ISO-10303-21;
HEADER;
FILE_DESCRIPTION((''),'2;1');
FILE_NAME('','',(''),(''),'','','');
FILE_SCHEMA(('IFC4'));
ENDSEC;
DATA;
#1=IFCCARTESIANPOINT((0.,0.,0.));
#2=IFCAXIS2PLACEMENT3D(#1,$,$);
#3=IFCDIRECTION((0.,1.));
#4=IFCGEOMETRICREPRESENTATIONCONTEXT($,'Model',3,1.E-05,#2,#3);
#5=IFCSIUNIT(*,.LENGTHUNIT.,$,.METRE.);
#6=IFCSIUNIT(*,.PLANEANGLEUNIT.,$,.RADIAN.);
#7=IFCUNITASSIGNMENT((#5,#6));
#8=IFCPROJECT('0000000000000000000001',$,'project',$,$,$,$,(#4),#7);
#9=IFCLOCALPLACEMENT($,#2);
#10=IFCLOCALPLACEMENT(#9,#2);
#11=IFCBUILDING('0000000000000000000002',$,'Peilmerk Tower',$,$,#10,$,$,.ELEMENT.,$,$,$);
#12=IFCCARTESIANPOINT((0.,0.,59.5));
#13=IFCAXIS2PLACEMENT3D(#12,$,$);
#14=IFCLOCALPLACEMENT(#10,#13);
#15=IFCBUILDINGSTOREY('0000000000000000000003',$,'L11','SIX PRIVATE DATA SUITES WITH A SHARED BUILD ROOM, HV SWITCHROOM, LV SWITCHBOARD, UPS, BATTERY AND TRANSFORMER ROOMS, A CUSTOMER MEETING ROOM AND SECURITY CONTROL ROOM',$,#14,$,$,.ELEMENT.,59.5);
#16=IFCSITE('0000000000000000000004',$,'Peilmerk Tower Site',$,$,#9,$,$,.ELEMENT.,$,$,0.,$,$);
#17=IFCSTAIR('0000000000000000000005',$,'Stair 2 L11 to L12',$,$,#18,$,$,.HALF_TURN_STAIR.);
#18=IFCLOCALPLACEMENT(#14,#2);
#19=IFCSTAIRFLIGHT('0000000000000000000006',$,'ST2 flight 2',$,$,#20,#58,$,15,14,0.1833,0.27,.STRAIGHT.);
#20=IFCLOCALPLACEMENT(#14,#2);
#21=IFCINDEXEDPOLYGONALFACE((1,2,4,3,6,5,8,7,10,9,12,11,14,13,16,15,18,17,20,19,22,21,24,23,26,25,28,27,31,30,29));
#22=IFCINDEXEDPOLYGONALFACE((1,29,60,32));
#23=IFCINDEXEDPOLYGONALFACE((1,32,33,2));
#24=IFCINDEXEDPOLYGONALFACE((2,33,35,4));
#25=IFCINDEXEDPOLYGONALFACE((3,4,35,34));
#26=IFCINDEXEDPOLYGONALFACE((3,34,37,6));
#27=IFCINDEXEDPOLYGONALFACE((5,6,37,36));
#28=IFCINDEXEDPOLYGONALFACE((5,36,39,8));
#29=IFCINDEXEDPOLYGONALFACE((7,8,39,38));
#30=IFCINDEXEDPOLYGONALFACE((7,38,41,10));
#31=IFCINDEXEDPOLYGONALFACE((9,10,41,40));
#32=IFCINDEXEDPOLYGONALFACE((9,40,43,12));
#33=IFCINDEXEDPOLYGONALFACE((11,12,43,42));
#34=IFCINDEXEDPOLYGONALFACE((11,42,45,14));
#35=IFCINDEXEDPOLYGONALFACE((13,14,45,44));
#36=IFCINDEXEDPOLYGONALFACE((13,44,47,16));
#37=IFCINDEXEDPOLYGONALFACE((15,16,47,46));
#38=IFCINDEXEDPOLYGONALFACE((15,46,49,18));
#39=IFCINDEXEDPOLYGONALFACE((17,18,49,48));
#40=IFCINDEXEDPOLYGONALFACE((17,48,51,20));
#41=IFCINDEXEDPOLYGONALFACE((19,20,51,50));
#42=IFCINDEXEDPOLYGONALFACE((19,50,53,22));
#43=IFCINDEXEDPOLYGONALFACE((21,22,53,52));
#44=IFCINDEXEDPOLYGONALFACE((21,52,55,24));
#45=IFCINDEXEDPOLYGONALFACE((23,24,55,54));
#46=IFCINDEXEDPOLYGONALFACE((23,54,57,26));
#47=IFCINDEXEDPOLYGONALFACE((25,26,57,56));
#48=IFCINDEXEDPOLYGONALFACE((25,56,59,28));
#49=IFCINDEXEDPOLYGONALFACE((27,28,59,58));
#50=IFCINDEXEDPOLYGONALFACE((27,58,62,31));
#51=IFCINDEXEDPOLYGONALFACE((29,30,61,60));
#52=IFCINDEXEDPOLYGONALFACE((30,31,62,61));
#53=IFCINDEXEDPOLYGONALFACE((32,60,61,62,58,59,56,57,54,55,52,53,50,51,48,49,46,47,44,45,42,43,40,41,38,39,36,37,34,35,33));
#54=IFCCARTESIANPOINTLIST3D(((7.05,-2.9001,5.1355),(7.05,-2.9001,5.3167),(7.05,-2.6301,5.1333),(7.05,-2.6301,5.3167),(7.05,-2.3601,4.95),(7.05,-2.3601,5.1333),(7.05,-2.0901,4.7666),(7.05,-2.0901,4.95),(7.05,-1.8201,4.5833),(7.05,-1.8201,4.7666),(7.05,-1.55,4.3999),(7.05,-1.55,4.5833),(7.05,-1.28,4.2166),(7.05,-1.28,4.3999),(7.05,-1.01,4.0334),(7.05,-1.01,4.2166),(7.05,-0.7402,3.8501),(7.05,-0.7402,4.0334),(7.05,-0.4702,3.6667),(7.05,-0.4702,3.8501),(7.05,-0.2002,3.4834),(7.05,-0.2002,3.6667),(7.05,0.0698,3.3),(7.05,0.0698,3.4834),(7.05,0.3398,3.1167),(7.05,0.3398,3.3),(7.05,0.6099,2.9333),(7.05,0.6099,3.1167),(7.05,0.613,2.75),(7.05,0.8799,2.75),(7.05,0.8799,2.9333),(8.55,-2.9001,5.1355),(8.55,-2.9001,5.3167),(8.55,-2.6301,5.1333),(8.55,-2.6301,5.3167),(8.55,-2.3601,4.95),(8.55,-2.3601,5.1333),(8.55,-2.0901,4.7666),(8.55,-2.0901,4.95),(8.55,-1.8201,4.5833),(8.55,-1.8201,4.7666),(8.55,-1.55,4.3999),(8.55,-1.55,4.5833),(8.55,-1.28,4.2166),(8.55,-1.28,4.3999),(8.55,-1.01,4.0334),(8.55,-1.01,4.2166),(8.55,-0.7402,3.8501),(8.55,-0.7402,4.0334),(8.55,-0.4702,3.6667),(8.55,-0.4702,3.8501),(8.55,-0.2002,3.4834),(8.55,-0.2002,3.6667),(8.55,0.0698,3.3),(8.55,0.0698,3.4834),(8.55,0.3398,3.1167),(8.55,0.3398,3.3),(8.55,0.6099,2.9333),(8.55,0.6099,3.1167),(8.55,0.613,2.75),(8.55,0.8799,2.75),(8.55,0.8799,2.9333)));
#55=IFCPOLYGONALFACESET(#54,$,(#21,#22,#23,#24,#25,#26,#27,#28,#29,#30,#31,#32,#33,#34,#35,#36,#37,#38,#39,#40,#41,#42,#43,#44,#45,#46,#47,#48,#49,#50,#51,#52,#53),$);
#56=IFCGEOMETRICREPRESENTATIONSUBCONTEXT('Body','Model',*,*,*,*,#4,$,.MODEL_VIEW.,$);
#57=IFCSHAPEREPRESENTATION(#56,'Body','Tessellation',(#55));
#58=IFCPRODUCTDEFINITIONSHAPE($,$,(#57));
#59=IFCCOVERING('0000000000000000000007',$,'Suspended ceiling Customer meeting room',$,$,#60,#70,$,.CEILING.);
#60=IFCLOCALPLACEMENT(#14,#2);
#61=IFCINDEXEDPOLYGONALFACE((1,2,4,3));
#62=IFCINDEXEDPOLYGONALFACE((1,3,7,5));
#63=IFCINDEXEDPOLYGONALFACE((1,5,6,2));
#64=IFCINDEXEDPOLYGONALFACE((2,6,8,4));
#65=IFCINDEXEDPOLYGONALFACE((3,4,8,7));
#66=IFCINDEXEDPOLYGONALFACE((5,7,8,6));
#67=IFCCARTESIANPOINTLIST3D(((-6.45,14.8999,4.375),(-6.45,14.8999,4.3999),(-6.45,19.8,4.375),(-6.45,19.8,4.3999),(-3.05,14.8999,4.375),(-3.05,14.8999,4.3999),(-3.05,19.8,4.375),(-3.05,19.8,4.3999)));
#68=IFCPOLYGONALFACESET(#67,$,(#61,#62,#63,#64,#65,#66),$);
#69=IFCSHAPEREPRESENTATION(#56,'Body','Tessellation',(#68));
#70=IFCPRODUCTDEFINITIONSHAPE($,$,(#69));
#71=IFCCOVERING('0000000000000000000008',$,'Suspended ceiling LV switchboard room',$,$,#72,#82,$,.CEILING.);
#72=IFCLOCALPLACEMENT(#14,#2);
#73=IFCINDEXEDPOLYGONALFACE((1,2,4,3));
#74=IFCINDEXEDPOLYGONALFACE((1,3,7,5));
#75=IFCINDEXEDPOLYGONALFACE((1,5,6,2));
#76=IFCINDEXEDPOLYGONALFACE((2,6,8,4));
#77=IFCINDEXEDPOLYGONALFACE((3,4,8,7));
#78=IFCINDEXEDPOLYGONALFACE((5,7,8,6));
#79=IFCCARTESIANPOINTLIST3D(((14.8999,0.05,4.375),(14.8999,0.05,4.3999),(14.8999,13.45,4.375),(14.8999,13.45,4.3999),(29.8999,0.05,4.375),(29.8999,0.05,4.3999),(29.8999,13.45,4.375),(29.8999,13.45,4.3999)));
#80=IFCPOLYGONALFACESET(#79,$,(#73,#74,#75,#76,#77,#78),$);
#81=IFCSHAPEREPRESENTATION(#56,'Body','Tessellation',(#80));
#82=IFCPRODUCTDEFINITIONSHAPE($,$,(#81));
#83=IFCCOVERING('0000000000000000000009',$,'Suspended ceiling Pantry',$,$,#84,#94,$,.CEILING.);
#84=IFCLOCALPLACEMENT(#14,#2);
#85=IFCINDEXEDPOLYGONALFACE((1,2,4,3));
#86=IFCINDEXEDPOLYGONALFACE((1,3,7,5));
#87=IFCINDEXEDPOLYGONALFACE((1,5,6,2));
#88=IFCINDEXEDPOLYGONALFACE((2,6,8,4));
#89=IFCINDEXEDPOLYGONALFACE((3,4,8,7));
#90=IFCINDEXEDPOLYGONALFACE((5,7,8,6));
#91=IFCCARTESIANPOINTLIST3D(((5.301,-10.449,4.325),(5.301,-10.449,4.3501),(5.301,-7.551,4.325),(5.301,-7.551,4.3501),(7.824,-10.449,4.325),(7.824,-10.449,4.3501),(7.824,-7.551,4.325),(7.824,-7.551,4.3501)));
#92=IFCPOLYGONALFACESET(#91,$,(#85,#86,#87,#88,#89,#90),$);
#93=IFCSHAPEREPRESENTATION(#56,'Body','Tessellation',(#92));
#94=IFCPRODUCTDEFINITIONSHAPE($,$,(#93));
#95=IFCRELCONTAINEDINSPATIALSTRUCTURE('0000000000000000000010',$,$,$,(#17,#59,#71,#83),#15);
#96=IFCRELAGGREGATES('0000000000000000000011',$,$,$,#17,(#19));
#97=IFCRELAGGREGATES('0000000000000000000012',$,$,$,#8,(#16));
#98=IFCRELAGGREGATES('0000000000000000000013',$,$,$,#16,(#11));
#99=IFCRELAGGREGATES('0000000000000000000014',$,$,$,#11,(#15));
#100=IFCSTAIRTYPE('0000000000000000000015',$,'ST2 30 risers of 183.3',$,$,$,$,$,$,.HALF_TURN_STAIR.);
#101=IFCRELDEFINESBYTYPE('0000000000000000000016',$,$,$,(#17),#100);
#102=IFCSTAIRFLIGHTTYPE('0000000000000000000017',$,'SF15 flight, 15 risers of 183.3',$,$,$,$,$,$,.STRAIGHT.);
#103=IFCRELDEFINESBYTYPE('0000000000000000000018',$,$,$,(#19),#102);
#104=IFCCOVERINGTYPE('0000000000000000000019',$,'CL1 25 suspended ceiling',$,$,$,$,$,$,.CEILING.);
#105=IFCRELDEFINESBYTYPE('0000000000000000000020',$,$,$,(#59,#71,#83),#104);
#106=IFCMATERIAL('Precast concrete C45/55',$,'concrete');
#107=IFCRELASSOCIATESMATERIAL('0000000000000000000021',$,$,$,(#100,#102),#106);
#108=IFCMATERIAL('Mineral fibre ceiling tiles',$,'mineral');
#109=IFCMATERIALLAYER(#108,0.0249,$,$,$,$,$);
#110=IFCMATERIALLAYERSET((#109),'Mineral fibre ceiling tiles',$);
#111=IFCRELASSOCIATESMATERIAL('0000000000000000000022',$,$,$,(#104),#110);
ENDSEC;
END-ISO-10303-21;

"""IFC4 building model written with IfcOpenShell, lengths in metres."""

from ifc_helpers import new_model, si_unit, direction, frame, origin, place, context, subcontext, project, spatial, polyline, outline, extrude, material, layer, layer_set, type_object, element, aggregate, save


model = new_model("IFC4")

# Units and contexts
model_context = context("Model", 3, precision=1e-05, world=origin(), true_north=direction((0.0, 1.0)))
body_context = subcontext(model_context, "Body", "Model", "MODEL_VIEW")
ifc_project = project(units=[si_unit("LENGTHUNIT", "METRE"), si_unit("PLANEANGLEUNIT", "RADIAN")], contexts=[model_context])

# Site, building, storey
site_placement = place(None, origin())
site = spatial("IfcSite", under=ifc_project, at=site_placement, Name="Peilmerk Tower Site", CompositionType="ELEMENT", RefElevation=0.0)
building_placement = place(site_placement, origin())
building = spatial("IfcBuilding", under=site, at=building_placement, Name="Peilmerk Tower", CompositionType="ELEMENT")
storey_placement = place(building_placement, frame((0.0, 0.0, 59.5)))
storey = spatial("IfcBuildingStorey", under=building, at=storey_placement, Name="L11", Description="SIX PRIVATE DATA SUITES WITH A SHARED BUILD ROOM, HV SWITCHROOM, LV SWITCHBOARD, UPS, BATTERY AND TRANSFORMER ROOMS, A CUSTOMER MEETING ROOM AND SECURITY CONTROL ROOM", CompositionType="ELEMENT", Elevation=59.5)

# Stair, stair flight
ifc_material_1 = material(Name="Precast concrete C45/55", Category="concrete")
stair_type = type_object("IfcStairType", Name="ST2 30 risers of 183.3", PredefinedType="HALF_TURN_STAIR", material=ifc_material_1)
stair_placement = place(storey_placement, origin())
stair = element("IfcStair", 1, at=stair_placement, inside=storey, type_object=stair_type, Name="Stair 2 L11 to L12", PredefinedType="HALF_TURN_STAIR")
stair_flight_type = type_object("IfcStairFlightType", Name="SF15 flight, 15 risers of 183.3", PredefinedType="STRAIGHT", material=ifc_material_1)
stair_flight_placement = place(storey_placement, frame((7.8, 0.8799, 2.75), z_axis=(0.0, 0.0, 1.0), x_axis=(0.0, -1.0, 0.0)))
stair_flight = element("IfcStairFlight", 2, at=stair_flight_placement, type_object=stair_flight_type, Name="ST2 flight 2", NumberOfRisers=15, NumberOfTreads=14, PredefinedType="STRAIGHT", RiserHeight=0.1833, TreadLength=0.27, context=body_context, shape_type="SweptSolid", body=[
    extrude(outline(polyline([(0.0, 0.0), (0.0, 0.1833), (0.27, 0.1833), (0.27, 0.3667), (0.54, 0.3667), (0.54, 0.55), (0.8101, 0.55), (0.8101, 0.7334), (1.0801, 0.7334), (1.0801, 0.9167), (1.3501, 0.9167), (1.3501, 1.1001), (1.6201, 1.1001), (1.6201, 1.2834), (1.8899, 1.2834), (1.8899, 1.4666), (2.1599, 1.4666), (2.1599, 1.6499), (2.4299, 1.6499), (2.4299, 1.8333), (2.7, 1.8333), (2.7, 2.0166), (2.97, 2.0166), (2.97, 2.2), (3.24, 2.2), (3.24, 2.3833), (3.51, 2.3833), (3.51, 2.5667), (3.78, 2.5667), (3.78, 2.75), (3.78, 2.3855), (0.2668, 0.0), (0.0, 0.0)])), frame((0.0, 0.75, 0.0), z_axis=(0.0, -1.0, 0.0), x_axis=(1.0, 0.0, 0.0)), (0.0, 0.0, 1.0), 1.5),
])
aggregate(stair, [stair_flight])

# Coverings
ifc_material_2 = material(Name="Mineral fibre ceiling tiles", Category="mineral")
ifc_layer_1 = layer(ifc_material_2, 0.0249)
ifc_layer_set_1 = layer_set([ifc_layer_1], Name="Mineral fibre ceiling tiles")
covering_type_1 = type_object("IfcCoveringType", Name="CL1 25 suspended ceiling", PredefinedType="CEILING", material=ifc_layer_set_1)
covering_1_placement = place(storey_placement, frame((0.0, 0.0, 4.375)))
element("IfcCovering", 3, at=covering_1_placement, inside=storey, type_object=covering_type_1, Name="Suspended ceiling Customer meeting room", PredefinedType="CEILING", context=body_context, shape_type="SweptSolid", body=[
    extrude(outline(polyline([(-3.05, 14.8999), (-3.05, 19.8), (-6.45, 19.8), (-6.45, 14.8999), (-3.05, 14.8999)])), origin(), (0.0, 0.0, 1.0), 0.0249),
])
covering_2_placement = place(storey_placement, frame((0.0, 0.0, 4.375)))
element("IfcCovering", 4, at=covering_2_placement, inside=storey, type_object=covering_type_1, Name="Suspended ceiling LV switchboard room", PredefinedType="CEILING", context=body_context, shape_type="SweptSolid", body=[
    extrude(outline(polyline([(29.8999, 0.05), (29.8999, 13.45), (14.8999, 13.45), (14.8999, 0.05), (29.8999, 0.05)])), origin(), (0.0, 0.0, 1.0), 0.0249),
])
covering_3_placement = place(storey_placement, frame((0.0, 0.0, 4.325)))
element("IfcCovering", 5, at=covering_3_placement, inside=storey, type_object=covering_type_1, Name="Suspended ceiling Pantry", PredefinedType="CEILING", context=body_context, shape_type="SweptSolid", body=[
    extrude(outline(polyline([(7.824, -10.449), (7.824, -7.551), (5.301, -7.551), (5.301, -10.449), (7.824, -10.449)])), origin(), (0.0, 0.0, 1.0), 0.0251),
])

save(model, "model.ifc")
